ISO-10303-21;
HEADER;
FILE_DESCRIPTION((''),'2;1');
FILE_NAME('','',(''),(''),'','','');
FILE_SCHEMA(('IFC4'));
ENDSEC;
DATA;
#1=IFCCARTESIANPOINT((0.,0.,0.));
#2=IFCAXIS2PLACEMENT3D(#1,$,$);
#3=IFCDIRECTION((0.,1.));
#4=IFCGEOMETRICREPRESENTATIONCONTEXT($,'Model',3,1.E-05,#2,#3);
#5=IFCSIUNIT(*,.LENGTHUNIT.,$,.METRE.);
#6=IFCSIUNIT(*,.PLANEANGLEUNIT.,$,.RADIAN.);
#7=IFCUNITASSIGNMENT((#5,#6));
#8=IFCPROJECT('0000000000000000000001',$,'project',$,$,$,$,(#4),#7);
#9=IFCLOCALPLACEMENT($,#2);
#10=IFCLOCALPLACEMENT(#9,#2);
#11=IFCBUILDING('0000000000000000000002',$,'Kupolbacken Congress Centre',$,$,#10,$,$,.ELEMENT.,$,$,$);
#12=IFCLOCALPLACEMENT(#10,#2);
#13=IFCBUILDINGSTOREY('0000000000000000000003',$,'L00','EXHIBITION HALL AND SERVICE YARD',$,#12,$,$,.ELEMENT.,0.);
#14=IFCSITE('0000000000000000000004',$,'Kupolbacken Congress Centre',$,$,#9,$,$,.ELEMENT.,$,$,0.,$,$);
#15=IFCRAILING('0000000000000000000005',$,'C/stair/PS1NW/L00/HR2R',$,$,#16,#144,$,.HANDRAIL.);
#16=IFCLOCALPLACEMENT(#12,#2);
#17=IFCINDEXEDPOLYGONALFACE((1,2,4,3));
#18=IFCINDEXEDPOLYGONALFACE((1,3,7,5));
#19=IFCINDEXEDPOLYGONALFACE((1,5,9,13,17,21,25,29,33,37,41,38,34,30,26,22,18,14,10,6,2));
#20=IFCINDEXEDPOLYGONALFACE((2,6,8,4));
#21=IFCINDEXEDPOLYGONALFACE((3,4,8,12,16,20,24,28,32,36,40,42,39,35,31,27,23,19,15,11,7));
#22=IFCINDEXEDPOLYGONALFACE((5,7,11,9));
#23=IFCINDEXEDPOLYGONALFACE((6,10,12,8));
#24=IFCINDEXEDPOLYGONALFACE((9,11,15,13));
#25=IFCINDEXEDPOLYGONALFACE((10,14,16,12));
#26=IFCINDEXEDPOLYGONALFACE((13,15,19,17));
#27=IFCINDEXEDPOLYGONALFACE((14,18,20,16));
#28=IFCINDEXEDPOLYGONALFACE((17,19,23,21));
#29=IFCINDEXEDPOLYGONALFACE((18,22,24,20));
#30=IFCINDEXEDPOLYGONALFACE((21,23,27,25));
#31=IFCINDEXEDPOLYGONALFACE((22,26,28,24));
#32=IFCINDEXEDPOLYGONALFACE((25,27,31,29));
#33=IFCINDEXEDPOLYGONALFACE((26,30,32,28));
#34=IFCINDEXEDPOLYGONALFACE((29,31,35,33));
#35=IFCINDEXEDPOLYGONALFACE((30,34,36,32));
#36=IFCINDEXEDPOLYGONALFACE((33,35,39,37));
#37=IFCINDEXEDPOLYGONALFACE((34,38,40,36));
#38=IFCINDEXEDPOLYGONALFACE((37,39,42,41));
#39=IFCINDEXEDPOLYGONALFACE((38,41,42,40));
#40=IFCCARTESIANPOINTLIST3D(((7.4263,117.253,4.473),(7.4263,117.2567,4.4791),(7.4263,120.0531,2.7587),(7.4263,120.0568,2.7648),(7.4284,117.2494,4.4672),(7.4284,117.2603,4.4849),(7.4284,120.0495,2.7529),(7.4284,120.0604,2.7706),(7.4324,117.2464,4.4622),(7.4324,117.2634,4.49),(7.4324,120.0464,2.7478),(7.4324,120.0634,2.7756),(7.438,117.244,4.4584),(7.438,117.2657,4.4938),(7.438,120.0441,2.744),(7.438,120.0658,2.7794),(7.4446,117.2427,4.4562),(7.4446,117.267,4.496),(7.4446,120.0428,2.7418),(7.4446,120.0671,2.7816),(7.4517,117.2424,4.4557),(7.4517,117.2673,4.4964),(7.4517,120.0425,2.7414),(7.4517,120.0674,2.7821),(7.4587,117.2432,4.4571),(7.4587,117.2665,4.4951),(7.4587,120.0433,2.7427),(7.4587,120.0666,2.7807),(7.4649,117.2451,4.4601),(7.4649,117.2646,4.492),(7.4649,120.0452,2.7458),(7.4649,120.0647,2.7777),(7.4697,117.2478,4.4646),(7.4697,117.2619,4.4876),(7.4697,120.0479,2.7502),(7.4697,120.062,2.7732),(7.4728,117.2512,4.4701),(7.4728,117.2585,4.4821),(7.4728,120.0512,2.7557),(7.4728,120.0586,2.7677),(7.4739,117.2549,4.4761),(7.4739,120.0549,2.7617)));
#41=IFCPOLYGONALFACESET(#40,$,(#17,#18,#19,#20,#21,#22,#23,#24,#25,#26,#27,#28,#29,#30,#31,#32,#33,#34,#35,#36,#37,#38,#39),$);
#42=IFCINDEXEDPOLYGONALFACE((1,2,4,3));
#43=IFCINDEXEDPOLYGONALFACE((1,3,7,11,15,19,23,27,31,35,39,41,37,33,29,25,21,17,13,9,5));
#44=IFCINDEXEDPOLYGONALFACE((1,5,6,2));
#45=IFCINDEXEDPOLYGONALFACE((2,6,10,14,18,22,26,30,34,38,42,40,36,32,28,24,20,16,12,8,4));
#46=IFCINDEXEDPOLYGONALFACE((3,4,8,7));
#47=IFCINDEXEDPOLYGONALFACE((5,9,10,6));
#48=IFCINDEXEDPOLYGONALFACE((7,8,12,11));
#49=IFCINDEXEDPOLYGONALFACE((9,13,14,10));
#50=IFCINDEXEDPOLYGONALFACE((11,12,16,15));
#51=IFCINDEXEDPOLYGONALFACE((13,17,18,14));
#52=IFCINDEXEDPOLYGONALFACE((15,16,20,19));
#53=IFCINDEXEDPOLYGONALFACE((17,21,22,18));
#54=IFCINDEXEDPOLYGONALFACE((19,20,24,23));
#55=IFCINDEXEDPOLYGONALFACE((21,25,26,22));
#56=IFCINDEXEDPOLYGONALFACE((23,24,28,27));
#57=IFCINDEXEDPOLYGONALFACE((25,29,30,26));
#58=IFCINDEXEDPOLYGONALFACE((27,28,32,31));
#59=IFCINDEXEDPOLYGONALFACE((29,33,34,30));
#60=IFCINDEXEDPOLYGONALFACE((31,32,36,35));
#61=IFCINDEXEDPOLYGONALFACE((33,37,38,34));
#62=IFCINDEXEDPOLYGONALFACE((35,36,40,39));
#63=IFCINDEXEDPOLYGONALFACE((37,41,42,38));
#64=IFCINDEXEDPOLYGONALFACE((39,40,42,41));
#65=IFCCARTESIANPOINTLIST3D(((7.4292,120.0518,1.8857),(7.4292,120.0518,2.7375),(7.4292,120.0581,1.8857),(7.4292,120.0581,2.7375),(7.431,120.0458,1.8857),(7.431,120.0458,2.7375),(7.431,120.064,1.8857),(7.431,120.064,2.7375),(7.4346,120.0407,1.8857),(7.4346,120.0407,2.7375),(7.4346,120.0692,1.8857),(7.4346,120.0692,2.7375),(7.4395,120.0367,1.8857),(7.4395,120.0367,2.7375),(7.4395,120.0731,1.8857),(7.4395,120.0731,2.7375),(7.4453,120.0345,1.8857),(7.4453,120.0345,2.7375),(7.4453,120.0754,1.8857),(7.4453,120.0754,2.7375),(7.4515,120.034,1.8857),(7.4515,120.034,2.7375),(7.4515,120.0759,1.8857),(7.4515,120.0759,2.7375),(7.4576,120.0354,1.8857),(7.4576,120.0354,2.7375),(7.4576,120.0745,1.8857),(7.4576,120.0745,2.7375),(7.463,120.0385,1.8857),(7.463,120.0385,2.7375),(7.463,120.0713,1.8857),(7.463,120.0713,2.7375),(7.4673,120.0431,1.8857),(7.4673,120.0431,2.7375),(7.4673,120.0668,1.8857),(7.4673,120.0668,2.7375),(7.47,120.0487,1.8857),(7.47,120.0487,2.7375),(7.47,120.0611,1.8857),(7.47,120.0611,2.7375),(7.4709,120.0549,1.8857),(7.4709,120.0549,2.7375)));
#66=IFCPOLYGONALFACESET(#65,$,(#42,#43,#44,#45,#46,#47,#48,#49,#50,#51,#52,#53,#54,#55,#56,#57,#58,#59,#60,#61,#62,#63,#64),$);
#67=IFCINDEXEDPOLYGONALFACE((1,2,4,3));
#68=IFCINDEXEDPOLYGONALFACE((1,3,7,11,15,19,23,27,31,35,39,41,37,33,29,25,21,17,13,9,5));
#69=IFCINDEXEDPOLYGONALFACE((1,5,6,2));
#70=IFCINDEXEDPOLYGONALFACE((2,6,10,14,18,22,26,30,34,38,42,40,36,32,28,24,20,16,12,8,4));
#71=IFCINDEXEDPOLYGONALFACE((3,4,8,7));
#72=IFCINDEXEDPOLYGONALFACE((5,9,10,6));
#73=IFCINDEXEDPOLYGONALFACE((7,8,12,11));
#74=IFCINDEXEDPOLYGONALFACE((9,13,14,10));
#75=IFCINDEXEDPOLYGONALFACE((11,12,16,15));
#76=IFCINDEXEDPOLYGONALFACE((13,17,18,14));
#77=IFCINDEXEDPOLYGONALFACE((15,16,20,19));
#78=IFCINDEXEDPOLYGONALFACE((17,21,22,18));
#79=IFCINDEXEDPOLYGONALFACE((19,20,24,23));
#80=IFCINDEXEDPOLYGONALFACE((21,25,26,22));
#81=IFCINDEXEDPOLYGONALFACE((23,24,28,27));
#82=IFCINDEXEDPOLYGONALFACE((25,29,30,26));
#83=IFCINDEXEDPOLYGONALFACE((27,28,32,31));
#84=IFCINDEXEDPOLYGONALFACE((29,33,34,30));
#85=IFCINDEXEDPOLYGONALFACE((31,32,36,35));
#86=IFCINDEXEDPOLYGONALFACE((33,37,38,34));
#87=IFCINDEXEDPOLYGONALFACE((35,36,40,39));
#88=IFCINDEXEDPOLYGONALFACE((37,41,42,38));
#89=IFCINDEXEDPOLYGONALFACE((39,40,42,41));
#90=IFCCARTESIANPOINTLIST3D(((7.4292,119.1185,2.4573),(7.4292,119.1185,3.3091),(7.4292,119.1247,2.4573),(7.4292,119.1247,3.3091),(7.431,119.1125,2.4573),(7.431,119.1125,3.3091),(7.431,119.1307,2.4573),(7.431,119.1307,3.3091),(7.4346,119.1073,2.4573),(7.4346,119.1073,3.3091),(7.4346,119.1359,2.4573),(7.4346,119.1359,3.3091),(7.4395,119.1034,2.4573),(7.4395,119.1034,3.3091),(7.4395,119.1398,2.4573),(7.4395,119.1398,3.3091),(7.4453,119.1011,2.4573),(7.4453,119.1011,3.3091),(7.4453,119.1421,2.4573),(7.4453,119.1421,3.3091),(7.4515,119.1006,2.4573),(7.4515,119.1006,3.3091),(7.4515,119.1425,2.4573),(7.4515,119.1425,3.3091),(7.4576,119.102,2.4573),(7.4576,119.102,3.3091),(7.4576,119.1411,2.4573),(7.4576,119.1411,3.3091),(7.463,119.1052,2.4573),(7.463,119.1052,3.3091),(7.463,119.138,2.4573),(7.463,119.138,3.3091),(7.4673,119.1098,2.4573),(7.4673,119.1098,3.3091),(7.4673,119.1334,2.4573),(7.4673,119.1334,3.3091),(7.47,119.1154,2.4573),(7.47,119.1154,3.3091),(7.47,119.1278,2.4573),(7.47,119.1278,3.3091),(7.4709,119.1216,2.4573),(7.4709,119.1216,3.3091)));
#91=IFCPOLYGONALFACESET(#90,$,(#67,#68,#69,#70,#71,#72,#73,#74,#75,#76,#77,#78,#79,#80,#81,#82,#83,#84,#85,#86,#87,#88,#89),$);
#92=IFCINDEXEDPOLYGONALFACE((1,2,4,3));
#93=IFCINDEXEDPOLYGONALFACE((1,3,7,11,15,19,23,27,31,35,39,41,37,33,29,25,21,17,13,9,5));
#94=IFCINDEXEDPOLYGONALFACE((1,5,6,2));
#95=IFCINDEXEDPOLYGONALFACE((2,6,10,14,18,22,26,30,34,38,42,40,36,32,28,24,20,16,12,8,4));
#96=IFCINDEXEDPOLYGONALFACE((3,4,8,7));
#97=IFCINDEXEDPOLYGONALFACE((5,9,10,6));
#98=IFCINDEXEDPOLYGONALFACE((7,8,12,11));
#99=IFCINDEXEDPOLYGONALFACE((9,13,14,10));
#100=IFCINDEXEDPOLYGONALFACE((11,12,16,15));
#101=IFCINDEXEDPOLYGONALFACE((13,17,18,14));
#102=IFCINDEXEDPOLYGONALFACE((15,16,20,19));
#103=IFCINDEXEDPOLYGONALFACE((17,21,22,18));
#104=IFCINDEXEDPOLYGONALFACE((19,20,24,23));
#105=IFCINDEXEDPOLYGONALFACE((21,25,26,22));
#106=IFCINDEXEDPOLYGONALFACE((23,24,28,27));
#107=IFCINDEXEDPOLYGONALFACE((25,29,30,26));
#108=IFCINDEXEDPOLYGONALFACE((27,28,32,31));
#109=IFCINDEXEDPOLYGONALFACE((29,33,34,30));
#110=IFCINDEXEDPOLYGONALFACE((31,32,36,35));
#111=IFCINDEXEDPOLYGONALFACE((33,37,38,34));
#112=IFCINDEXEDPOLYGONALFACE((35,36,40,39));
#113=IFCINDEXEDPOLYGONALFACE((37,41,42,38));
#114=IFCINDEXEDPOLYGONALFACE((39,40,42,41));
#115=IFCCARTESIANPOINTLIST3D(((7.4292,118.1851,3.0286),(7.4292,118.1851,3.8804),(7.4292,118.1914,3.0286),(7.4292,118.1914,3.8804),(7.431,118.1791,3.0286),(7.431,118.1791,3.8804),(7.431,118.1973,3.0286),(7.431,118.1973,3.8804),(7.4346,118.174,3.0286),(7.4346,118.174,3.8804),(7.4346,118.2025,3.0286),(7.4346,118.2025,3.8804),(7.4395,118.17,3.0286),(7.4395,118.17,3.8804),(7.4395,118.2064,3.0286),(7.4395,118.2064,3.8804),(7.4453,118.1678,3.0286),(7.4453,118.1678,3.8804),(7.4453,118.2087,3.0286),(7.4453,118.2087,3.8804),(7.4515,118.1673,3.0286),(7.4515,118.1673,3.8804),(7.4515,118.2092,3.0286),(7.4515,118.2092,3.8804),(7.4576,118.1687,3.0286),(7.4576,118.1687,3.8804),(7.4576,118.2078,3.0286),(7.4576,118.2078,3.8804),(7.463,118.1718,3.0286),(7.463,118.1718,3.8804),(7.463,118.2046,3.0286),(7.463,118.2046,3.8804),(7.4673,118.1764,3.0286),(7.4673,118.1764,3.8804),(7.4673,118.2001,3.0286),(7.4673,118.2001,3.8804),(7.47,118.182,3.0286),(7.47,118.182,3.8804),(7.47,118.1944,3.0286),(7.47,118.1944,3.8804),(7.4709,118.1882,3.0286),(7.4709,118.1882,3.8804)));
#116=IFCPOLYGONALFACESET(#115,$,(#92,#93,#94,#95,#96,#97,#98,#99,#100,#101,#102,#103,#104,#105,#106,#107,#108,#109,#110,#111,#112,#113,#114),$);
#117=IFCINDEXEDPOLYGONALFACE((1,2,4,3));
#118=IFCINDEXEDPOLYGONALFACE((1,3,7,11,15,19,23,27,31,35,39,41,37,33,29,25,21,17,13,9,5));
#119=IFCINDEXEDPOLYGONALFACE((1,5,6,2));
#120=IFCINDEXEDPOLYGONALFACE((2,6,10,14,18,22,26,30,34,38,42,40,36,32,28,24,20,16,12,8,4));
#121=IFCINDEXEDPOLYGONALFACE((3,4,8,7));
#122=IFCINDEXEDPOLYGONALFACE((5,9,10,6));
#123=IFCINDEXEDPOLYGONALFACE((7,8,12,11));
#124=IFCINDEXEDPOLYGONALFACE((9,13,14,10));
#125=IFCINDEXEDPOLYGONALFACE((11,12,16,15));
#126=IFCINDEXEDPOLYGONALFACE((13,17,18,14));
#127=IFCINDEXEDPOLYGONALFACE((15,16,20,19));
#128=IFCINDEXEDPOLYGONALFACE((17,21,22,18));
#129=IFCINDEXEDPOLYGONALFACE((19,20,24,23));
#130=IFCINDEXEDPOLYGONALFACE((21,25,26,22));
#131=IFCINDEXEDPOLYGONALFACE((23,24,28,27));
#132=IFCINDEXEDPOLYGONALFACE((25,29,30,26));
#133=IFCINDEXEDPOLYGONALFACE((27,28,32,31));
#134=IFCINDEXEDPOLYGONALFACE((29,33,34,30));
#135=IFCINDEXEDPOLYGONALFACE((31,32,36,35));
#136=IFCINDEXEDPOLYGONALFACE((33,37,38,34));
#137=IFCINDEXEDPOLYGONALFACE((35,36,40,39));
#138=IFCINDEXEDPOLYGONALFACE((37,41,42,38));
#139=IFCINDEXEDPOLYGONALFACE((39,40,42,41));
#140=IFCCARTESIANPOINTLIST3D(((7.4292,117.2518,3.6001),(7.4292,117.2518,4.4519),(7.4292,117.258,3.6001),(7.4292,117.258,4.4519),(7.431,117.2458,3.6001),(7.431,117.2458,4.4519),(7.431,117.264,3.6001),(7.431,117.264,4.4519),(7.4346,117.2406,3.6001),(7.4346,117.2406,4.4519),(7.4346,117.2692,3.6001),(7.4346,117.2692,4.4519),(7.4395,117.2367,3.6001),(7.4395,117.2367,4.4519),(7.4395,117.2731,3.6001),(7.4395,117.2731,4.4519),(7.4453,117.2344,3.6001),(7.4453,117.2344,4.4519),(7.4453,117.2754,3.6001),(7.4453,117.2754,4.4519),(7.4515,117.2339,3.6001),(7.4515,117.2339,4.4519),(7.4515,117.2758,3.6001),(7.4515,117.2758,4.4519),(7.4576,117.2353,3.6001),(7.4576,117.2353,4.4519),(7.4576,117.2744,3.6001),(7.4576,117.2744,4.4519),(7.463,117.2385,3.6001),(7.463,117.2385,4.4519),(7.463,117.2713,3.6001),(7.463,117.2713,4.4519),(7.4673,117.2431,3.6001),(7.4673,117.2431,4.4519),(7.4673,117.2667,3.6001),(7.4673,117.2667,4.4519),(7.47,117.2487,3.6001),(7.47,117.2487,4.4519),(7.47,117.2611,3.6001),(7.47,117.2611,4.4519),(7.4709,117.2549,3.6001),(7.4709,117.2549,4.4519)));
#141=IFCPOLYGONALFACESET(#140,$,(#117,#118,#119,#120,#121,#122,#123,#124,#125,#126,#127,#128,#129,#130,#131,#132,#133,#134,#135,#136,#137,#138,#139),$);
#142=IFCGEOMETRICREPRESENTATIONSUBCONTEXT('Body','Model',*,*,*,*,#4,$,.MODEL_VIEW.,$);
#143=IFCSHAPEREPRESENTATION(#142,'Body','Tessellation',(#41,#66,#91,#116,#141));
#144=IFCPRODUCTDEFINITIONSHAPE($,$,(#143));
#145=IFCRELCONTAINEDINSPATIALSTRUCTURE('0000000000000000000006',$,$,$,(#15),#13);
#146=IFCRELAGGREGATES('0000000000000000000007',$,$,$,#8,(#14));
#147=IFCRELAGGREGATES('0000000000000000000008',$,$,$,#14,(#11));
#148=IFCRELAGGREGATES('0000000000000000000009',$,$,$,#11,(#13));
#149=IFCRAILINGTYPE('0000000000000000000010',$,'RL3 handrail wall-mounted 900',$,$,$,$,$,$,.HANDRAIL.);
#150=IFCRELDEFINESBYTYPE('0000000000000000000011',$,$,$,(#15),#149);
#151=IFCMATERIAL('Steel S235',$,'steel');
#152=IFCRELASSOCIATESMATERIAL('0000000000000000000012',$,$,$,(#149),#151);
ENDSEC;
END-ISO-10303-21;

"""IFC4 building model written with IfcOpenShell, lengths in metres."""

from ifc_helpers import new_model, si_unit, direction, frame, origin, origin_2d, place, context, subcontext, project, spatial, circle, extrude, material, type_object, element, save


model = new_model("IFC4")

# Units and contexts
model_context = context("Model", 3, precision=1e-05, world=origin(), true_north=direction((0.0, 1.0)))
body_context = subcontext(model_context, "Body", "Model", "MODEL_VIEW")
ifc_project = project(units=[si_unit("LENGTHUNIT", "METRE"), si_unit("PLANEANGLEUNIT", "RADIAN")], contexts=[model_context])

# Site, building, storey
site_placement = place(None, origin())
site = spatial("IfcSite", under=ifc_project, at=site_placement, Name="Kupolbacken Congress Centre", CompositionType="ELEMENT", RefElevation=0.0)
building_placement = place(site_placement, origin())
building = spatial("IfcBuilding", under=site, at=building_placement, Name="Kupolbacken Congress Centre", CompositionType="ELEMENT")
storey_placement = place(building_placement, origin())
storey = spatial("IfcBuildingStorey", under=building, at=storey_placement, Name="L00", Description="EXHIBITION HALL AND SERVICE YARD", CompositionType="ELEMENT", Elevation=0.0)

# Railing
ifc_material_1 = material(Name="Steel S235", Category="steel")
railing_type = type_object("IfcRailingType", Name="RL3 handrail wall-mounted 900", PredefinedType="HANDRAIL", material=ifc_material_1)
for number, where, name in (
    (1, (7.45, 120.0549, 1.8857), "C/stair/PS1NW/L00/HR2R"),
):
    element("IfcRailing", number, at=place(storey_placement, frame(where)), inside=storey, type_object=railing_type, Name=name, PredefinedType="HANDRAIL", context=body_context, shape_type="SweptSolid", body=[
        extrude(circle(Radius=0.0239, at=origin_2d()), frame((0.0, 0.0, 0.876), z_axis=(0.0, -0.852846, 0.522163), x_axis=(1.0, 0.0, 0.0)), (0.0, 0.0, 1.0), 3.2832),
        extrude(circle(Radius=0.021, at=origin_2d()), origin(), (0.0, 0.0, 1.0), 0.8518),
        extrude(circle(Radius=0.021, at=origin_2d()), frame((0.0, -0.9333, 0.5715)), (0.0, 0.0, 1.0), 0.8518),
        extrude(circle(Radius=0.021, at=origin_2d()), frame((0.0, -1.8667, 1.1428)), (0.0, 0.0, 1.0), 0.8518),
        extrude(circle(Radius=0.021, at=origin_2d()), frame((0.0, -2.8, 1.7144)), (0.0, 0.0, 1.0), 0.8518),
    ])

save(model, "model.ifc")
